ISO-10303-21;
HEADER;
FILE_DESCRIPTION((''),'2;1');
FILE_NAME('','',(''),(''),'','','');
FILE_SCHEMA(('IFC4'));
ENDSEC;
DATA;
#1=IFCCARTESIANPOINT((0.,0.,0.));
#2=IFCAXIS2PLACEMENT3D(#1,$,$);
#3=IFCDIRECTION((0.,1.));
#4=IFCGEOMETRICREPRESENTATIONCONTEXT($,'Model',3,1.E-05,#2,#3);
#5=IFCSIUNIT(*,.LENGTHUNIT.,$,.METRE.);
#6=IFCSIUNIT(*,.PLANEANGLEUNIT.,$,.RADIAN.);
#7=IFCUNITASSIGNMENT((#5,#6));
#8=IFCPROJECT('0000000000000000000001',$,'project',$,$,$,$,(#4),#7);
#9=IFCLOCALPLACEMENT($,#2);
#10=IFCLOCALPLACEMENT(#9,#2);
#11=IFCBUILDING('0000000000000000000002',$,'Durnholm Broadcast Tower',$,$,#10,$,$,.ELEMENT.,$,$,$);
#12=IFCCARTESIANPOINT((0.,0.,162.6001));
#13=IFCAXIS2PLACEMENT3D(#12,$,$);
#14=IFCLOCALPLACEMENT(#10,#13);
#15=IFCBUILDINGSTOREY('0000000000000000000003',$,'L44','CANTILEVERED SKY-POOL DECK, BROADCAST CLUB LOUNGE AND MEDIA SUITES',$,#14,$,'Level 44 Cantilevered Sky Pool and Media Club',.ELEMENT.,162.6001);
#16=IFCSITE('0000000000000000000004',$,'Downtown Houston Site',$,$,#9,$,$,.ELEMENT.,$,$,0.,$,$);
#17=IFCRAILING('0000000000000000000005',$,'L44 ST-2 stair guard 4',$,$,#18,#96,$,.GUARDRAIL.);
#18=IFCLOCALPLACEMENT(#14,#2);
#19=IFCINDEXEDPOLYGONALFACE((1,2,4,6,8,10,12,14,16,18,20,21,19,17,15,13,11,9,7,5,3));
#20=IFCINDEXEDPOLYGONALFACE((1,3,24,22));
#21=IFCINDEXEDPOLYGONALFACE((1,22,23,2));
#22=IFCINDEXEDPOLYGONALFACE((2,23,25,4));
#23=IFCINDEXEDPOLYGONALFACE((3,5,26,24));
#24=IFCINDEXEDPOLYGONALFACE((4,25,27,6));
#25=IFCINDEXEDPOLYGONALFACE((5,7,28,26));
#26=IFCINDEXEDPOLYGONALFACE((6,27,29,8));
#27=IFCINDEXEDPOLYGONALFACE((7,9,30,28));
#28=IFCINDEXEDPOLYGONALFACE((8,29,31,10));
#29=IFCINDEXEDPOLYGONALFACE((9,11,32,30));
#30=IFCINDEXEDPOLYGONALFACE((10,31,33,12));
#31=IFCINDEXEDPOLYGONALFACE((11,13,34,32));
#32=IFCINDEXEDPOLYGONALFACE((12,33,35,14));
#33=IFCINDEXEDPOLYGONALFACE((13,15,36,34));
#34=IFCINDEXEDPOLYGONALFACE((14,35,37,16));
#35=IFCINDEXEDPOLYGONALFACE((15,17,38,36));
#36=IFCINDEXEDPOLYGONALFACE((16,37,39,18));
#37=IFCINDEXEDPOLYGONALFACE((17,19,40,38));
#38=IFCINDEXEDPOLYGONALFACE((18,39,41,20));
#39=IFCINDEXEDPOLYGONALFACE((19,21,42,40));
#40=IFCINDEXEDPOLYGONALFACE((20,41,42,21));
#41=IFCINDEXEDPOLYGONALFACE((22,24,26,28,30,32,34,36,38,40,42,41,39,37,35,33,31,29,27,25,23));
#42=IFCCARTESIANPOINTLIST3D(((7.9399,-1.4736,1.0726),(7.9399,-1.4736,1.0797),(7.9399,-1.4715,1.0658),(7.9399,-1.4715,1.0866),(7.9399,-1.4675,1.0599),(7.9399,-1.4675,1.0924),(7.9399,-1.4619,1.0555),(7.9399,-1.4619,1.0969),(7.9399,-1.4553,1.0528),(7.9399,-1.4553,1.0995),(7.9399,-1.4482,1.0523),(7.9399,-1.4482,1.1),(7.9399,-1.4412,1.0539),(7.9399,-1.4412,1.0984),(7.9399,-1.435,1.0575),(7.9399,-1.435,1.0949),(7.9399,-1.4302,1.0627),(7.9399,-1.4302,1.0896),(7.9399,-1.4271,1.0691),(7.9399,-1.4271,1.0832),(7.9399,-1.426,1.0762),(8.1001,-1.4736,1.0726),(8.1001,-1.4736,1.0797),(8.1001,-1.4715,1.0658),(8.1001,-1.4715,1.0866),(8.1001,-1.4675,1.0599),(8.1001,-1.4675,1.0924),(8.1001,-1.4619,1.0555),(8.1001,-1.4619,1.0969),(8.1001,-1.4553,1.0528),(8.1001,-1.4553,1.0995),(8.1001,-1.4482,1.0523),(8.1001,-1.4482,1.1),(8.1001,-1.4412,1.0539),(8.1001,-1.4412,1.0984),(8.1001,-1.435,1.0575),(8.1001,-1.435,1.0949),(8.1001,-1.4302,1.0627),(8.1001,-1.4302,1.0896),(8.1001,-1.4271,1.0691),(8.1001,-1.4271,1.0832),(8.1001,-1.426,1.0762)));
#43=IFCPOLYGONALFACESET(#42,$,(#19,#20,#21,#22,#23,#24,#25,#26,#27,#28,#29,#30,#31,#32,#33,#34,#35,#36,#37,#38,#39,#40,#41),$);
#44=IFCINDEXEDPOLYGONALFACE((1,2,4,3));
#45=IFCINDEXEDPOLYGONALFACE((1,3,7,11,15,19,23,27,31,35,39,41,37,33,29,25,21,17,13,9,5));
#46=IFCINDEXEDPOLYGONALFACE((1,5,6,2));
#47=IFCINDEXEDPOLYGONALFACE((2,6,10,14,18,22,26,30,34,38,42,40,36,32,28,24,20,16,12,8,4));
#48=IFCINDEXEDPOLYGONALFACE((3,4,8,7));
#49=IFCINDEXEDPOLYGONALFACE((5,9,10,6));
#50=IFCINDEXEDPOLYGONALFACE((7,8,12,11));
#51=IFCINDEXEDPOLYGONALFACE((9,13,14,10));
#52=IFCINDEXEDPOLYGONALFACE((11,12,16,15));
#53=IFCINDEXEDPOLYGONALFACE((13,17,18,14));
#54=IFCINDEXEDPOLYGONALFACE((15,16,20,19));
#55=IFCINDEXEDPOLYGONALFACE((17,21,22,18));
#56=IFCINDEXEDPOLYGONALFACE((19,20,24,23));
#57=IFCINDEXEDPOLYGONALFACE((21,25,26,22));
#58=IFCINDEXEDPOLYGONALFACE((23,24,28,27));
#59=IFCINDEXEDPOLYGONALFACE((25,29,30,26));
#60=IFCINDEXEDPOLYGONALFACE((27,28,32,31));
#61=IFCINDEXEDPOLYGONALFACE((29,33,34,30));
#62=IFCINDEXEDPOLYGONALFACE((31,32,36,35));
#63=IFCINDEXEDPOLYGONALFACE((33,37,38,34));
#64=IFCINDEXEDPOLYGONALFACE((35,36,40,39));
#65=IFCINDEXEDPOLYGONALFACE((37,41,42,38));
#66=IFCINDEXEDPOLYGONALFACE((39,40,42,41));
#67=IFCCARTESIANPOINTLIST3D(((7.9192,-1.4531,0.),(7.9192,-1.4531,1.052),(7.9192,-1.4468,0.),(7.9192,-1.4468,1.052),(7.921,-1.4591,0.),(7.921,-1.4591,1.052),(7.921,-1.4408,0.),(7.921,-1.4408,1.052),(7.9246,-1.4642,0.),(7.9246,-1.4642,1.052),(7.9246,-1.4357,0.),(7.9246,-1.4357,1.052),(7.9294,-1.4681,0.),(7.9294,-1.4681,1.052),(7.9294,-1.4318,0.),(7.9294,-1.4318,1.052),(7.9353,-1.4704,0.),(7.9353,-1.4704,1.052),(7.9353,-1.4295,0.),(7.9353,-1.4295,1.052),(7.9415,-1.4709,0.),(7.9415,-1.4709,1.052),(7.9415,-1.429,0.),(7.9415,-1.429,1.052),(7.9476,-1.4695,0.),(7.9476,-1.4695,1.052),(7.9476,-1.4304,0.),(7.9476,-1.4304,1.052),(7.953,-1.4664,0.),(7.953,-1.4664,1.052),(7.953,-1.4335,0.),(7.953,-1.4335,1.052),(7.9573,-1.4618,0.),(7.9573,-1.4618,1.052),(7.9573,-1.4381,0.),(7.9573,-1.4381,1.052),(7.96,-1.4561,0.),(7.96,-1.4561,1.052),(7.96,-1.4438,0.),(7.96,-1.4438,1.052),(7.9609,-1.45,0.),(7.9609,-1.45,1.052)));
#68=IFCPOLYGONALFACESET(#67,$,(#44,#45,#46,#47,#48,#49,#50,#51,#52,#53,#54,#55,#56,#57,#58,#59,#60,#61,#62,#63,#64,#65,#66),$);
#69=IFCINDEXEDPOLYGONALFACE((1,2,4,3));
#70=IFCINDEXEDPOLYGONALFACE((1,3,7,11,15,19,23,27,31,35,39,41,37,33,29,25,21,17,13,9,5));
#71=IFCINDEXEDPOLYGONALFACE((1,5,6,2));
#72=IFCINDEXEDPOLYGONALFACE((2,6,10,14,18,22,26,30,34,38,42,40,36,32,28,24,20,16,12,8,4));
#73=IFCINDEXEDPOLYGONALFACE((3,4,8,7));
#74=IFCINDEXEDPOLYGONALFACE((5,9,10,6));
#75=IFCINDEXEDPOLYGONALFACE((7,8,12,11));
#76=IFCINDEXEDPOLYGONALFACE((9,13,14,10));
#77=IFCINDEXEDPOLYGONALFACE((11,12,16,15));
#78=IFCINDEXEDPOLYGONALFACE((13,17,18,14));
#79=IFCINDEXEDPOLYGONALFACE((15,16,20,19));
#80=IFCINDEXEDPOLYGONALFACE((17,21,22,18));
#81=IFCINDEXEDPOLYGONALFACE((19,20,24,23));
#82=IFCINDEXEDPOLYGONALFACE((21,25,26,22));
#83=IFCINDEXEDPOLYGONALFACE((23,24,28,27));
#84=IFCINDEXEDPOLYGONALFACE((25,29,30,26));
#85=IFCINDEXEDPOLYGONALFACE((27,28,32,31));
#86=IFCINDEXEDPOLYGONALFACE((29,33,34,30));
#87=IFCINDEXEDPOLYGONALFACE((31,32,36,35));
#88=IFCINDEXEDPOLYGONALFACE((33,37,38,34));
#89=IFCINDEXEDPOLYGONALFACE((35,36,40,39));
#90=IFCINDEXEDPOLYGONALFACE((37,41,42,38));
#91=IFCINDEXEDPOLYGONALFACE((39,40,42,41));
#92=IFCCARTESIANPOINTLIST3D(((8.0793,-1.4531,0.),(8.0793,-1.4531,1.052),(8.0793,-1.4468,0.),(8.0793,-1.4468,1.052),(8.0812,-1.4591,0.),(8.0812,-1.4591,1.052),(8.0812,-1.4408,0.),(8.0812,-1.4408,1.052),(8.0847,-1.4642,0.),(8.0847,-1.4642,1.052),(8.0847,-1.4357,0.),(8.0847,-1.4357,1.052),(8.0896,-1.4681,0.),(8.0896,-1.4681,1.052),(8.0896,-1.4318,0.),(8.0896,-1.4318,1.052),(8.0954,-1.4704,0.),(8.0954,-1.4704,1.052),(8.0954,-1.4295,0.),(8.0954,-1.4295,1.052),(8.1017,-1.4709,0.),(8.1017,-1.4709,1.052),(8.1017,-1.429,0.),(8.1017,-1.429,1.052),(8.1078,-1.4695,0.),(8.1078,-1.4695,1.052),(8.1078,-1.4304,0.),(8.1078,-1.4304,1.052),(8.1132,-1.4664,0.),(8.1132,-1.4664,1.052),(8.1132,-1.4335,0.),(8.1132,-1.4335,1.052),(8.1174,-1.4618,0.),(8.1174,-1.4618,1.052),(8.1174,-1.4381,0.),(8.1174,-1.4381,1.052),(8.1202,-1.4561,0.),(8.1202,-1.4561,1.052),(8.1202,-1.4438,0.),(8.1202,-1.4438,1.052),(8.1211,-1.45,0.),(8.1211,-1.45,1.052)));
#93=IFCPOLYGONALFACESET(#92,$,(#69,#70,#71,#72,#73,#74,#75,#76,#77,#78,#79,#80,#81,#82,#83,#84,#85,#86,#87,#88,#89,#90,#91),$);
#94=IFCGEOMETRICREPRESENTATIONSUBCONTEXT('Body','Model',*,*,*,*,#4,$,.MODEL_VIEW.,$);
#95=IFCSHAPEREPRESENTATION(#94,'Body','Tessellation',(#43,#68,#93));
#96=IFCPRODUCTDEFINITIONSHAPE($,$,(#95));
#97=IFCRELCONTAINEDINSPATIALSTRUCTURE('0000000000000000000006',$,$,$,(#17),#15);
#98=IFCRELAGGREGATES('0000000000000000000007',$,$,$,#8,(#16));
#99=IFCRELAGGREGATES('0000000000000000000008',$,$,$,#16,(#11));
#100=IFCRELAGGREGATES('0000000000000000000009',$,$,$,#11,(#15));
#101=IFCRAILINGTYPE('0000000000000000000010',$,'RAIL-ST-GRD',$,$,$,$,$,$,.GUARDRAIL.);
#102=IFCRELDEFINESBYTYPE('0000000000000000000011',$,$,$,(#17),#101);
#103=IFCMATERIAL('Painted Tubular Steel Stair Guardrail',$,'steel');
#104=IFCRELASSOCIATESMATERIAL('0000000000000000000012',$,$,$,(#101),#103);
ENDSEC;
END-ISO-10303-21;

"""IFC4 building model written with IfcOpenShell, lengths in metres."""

from ifc_helpers import new_model, si_unit, direction, frame, origin, origin_2d, place, context, subcontext, project, spatial, circle, extrude, material, type_object, element, save


model = new_model("IFC4")

# Units and contexts
model_context = context("Model", 3, precision=1e-05, world=origin(), true_north=direction((0.0, 1.0)))
body_context = subcontext(model_context, "Body", "Model", "MODEL_VIEW")
ifc_project = project(units=[si_unit("LENGTHUNIT", "METRE"), si_unit("PLANEANGLEUNIT", "RADIAN")], contexts=[model_context])

# Site, building, storey
site_placement = place(None, origin())
site = spatial("IfcSite", under=ifc_project, at=site_placement, Name="Downtown Houston Site", CompositionType="ELEMENT", RefElevation=0.0)
building_placement = place(site_placement, origin())
building = spatial("IfcBuilding", under=site, at=building_placement, Name="Durnholm Broadcast Tower", CompositionType="ELEMENT")
storey_placement = place(building_placement, frame((0.0, 0.0, 162.6001)))
storey = spatial("IfcBuildingStorey", under=building, at=storey_placement, Name="L44", Description="CANTILEVERED SKY-POOL DECK, BROADCAST CLUB LOUNGE AND MEDIA SUITES", LongName="Level 44 Cantilevered Sky Pool and Media Club", CompositionType="ELEMENT", Elevation=162.6001)

# Railing
ifc_material_1 = material(Name="Painted Tubular Steel Stair Guardrail", Category="steel")
railing_type_1 = type_object("IfcRailingType", Name="RAIL-ST-GRD", PredefinedType="GUARDRAIL", material=ifc_material_1)
railing_1_placement = place(storey_placement, frame((7.9399, -1.45, 0.0)))
element("IfcRailing", 1, at=railing_1_placement, inside=storey, type_object=railing_type_1, Name="L44 ST-2 stair guard 4", PredefinedType="GUARDRAIL", context=body_context, shape_type="SweptSolid", body=[
    extrude(circle(Radius=0.0239, at=origin_2d()), frame((0.0, 0.0, 1.0762), z_axis=(1.0, 0.0, 0.0), x_axis=(0.0, 1.0, 0.0)), (0.0, 0.0, 1.0), 0.1602),
    extrude(circle(Radius=0.021, at=origin_2d()), origin(), (0.0, 0.0, 1.0), 1.052),
    extrude(circle(Radius=0.021, at=origin_2d()), frame((0.1602, 0.0, 0.0)), (0.0, 0.0, 1.0), 1.052),
])

save(model, "model.ifc")
